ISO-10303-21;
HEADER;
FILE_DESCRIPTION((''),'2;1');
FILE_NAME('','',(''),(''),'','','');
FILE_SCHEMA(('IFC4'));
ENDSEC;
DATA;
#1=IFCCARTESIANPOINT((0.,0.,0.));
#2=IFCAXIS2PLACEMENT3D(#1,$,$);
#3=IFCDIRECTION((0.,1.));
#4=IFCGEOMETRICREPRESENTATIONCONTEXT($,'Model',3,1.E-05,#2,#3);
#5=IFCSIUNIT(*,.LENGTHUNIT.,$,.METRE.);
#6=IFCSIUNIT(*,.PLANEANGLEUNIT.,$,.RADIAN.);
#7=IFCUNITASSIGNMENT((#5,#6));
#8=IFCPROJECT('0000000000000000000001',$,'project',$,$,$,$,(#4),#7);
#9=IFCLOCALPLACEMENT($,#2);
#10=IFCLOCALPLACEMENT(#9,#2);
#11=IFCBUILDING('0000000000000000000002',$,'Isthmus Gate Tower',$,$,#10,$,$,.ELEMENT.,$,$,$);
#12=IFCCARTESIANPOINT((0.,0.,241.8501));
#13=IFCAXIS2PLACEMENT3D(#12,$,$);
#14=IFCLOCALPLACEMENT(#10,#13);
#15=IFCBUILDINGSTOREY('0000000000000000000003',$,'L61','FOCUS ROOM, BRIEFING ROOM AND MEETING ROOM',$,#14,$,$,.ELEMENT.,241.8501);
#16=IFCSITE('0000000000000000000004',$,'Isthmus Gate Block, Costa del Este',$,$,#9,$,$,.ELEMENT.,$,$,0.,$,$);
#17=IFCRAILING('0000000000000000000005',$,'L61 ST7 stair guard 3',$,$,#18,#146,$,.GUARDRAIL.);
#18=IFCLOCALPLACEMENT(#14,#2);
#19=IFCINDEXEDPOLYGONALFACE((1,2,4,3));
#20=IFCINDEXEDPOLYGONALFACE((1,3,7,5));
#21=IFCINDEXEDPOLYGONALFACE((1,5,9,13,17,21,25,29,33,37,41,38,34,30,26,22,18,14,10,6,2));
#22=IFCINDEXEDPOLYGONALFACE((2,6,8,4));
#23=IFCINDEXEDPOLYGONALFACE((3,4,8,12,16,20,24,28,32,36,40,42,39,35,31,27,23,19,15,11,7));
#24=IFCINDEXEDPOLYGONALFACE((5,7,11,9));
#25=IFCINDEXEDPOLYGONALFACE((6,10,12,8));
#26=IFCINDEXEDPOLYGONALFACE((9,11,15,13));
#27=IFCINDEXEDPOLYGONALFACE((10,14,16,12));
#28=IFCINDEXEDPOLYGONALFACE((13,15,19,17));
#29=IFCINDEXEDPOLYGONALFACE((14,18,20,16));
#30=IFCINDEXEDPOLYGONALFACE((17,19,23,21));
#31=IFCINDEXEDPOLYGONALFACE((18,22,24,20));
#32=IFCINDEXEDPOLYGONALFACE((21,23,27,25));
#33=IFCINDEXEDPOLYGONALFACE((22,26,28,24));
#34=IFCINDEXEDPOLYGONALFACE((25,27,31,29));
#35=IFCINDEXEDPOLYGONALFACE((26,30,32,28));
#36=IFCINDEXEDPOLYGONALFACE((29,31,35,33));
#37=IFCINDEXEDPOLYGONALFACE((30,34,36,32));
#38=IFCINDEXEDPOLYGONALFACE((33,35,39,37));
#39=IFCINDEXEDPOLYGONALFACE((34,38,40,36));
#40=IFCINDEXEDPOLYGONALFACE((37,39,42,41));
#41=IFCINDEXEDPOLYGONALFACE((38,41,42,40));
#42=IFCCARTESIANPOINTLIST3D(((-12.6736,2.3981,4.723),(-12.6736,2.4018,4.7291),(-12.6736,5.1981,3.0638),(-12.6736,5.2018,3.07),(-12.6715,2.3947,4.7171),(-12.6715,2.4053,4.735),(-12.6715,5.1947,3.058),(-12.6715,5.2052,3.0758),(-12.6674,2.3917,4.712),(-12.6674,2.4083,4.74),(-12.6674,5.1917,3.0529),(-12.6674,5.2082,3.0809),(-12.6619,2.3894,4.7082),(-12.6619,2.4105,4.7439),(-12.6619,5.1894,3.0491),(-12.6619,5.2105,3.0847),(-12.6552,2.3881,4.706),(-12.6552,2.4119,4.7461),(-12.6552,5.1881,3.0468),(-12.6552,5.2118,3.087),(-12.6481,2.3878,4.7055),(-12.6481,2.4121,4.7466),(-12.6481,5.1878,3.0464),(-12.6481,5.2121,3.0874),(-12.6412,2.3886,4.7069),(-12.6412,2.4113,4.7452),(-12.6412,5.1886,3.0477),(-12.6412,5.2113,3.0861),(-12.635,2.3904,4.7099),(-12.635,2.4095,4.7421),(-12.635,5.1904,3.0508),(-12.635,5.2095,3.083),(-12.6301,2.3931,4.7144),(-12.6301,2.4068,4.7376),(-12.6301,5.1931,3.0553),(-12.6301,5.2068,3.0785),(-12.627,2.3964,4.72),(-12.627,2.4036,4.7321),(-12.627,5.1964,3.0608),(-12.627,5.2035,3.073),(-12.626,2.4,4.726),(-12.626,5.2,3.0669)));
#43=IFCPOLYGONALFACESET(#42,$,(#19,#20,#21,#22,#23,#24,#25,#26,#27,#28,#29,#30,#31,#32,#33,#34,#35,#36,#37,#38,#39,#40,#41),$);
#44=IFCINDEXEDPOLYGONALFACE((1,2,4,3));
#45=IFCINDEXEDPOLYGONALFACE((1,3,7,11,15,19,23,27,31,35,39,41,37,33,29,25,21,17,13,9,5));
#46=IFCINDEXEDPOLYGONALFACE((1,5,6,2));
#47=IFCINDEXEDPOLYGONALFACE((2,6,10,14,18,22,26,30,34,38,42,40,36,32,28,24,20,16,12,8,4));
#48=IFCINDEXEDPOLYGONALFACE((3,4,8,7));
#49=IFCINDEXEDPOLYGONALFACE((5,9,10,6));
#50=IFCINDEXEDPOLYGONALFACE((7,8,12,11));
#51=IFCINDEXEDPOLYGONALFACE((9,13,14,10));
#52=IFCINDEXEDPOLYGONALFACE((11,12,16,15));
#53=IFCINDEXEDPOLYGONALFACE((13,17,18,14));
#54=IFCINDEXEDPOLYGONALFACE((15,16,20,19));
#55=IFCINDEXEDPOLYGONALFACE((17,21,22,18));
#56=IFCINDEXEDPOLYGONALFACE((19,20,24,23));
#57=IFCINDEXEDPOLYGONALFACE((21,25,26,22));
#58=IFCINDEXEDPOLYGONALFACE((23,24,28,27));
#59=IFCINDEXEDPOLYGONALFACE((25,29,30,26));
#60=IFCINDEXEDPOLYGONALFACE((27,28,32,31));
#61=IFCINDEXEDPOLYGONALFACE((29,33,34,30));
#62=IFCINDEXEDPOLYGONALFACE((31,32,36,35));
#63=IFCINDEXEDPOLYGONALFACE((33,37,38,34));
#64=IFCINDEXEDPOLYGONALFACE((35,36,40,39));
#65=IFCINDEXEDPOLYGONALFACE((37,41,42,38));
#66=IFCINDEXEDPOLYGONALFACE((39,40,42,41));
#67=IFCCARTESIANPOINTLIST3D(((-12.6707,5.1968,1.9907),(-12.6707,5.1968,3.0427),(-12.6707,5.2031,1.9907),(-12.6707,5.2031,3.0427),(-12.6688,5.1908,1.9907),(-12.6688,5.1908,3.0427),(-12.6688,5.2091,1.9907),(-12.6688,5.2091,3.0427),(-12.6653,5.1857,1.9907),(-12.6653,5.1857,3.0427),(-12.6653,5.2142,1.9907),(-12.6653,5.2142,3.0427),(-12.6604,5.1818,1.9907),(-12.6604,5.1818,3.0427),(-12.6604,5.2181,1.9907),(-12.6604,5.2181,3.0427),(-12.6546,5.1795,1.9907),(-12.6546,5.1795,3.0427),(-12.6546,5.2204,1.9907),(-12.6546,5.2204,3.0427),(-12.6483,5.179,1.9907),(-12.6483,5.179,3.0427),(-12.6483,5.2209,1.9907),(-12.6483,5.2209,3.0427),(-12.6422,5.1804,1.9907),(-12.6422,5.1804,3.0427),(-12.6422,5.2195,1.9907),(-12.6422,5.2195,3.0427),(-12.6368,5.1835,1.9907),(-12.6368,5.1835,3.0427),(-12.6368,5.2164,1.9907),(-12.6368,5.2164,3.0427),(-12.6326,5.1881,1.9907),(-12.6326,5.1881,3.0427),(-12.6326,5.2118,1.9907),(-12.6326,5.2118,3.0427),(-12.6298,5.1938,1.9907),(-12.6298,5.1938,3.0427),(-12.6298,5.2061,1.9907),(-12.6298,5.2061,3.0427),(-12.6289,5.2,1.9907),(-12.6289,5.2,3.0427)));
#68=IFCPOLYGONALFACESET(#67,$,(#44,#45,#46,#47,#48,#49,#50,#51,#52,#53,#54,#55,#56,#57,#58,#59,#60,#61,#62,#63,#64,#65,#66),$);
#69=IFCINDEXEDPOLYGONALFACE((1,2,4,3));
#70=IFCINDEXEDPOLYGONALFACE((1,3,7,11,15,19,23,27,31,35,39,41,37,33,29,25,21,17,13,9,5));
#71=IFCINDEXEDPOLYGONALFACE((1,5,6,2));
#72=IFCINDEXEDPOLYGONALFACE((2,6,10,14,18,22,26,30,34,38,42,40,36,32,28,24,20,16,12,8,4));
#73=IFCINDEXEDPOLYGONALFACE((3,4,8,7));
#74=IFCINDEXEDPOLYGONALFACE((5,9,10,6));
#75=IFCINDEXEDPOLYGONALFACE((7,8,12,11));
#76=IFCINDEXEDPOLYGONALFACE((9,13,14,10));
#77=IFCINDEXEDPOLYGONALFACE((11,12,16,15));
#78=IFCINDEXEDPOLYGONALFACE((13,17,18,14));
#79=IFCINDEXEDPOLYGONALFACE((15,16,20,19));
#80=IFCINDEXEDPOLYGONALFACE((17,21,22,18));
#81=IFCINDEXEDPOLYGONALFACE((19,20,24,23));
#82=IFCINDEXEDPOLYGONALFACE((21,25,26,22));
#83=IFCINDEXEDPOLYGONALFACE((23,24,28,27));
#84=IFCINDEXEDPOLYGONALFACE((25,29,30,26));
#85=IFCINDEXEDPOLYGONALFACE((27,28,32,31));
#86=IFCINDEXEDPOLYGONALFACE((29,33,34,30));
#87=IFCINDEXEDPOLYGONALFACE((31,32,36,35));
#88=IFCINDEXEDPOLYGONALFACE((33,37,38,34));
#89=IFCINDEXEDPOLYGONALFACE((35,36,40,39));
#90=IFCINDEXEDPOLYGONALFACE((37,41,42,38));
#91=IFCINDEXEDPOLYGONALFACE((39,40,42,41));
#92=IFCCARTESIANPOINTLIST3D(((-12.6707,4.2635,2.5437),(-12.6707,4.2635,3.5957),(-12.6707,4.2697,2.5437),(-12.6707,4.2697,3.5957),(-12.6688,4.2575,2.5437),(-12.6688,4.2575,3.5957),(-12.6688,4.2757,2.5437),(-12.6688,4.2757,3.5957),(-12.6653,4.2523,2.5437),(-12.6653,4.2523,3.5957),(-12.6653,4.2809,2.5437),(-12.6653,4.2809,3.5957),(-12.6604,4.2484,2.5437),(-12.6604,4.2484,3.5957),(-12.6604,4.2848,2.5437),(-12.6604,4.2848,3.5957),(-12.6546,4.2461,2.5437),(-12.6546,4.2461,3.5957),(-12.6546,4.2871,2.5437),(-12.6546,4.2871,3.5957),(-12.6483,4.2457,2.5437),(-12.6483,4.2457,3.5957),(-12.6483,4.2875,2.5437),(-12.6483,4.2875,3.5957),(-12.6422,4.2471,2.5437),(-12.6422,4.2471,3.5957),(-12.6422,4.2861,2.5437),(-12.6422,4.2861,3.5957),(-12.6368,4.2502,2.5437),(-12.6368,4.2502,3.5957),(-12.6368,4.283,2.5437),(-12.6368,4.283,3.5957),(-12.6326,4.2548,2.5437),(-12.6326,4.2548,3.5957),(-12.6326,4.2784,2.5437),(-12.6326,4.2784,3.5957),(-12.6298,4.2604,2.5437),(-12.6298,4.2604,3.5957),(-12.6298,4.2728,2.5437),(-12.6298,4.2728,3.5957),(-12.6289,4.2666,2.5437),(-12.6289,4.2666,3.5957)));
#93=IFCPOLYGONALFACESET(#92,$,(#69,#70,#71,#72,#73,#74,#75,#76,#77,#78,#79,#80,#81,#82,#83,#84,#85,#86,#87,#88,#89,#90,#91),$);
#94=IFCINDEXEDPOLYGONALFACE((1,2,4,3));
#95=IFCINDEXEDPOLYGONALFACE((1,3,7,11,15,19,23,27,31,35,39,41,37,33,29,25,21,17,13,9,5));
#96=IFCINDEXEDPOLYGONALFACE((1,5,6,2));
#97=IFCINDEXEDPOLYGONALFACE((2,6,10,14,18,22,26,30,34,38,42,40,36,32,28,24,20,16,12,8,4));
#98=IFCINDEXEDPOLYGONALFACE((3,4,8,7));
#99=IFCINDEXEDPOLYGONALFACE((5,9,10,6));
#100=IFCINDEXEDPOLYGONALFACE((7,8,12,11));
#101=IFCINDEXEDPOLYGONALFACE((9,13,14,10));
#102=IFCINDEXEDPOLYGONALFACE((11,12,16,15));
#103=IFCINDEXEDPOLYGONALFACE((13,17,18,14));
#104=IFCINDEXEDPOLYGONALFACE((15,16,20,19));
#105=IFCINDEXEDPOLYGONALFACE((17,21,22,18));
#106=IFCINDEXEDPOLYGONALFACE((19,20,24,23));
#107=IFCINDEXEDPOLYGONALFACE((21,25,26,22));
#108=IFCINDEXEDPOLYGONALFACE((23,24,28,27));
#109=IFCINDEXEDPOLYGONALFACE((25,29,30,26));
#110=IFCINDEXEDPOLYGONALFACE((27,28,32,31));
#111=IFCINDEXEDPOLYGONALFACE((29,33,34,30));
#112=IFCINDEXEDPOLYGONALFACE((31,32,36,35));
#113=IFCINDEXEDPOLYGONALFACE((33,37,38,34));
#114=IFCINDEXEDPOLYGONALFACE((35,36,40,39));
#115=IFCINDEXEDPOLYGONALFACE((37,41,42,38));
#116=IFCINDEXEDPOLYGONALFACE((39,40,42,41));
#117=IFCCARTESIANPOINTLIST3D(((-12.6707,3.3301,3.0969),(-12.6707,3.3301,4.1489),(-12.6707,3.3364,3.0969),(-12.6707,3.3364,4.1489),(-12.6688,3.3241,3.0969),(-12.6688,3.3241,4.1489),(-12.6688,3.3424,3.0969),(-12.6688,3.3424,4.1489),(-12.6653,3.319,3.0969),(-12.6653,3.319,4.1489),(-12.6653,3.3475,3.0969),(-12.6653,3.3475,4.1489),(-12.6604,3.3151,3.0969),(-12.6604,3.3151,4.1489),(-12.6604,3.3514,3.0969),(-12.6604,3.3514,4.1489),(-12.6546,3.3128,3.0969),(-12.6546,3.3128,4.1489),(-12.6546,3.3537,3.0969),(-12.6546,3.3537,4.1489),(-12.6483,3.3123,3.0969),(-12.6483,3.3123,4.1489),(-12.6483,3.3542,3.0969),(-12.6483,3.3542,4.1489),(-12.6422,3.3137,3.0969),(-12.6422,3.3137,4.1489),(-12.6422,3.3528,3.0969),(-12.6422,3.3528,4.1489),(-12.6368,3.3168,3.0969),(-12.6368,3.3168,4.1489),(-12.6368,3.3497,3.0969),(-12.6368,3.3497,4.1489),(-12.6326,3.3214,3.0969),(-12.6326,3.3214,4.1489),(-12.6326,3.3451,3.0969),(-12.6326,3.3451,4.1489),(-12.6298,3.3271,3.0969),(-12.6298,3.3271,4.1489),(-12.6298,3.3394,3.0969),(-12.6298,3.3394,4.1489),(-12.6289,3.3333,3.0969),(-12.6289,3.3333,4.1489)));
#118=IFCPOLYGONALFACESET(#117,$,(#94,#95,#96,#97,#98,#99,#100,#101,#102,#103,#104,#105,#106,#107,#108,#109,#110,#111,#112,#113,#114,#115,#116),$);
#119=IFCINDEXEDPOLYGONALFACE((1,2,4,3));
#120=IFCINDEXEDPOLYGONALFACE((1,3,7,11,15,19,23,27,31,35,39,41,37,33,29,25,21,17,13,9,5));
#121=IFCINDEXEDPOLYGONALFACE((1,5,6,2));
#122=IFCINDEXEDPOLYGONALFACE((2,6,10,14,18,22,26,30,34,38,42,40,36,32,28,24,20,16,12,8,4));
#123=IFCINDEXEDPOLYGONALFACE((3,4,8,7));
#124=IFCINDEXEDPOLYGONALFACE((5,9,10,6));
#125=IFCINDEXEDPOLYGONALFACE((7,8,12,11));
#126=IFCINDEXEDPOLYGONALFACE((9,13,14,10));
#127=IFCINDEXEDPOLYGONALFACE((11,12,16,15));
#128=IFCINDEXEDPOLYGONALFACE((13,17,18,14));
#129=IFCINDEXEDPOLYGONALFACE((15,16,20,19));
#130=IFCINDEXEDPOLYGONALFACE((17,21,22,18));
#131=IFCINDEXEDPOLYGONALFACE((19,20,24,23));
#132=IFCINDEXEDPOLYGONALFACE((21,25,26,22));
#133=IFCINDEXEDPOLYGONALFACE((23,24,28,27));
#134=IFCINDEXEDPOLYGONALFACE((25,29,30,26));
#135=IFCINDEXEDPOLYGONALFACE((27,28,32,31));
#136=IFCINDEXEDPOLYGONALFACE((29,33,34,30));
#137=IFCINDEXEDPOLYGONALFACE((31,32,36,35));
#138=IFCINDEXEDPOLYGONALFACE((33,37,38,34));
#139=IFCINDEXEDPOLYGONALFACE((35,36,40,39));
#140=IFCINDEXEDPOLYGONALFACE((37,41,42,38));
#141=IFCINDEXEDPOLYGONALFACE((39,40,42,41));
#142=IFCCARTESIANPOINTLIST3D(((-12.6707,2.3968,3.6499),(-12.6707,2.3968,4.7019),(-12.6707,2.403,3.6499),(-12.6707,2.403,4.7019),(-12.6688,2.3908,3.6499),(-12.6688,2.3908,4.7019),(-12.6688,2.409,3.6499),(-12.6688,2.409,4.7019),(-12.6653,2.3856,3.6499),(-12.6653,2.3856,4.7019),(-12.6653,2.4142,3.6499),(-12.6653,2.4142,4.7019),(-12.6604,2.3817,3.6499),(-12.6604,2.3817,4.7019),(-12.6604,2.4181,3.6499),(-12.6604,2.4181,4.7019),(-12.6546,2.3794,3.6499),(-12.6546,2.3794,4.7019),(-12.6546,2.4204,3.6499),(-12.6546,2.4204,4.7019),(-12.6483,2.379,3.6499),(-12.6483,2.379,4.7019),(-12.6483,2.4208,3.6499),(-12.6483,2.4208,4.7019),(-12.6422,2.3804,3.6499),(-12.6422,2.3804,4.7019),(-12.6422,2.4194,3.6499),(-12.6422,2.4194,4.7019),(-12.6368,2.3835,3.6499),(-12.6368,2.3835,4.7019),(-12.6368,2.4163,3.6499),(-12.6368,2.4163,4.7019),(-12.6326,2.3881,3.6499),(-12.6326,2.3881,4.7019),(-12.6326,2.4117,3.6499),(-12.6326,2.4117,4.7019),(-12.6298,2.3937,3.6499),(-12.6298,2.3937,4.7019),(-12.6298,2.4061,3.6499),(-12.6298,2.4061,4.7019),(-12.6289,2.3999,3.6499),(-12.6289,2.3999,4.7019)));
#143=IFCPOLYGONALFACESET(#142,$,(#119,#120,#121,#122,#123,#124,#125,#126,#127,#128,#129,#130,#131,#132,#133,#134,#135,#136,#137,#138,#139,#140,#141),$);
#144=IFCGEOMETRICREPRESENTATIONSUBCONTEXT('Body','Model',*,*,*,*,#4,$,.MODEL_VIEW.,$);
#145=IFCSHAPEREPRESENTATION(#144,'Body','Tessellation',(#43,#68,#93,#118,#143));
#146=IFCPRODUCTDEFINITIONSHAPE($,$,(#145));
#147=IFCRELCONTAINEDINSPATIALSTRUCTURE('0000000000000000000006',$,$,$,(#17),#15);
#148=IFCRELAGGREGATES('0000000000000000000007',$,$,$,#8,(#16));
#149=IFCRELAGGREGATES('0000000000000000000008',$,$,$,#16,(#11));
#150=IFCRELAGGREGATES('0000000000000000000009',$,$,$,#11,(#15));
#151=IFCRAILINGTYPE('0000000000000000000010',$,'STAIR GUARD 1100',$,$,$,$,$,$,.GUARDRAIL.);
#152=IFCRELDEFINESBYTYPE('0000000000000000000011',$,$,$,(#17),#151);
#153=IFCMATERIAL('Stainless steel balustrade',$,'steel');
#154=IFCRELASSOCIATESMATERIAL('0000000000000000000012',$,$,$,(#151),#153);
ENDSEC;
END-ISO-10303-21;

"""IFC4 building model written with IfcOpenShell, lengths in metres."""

from ifc_helpers import new_model, si_unit, direction, frame, origin, origin_2d, place, context, subcontext, project, spatial, circle, extrude, material, type_object, element, save


model = new_model("IFC4")

# Units and contexts
model_context = context("Model", 3, precision=1e-05, world=origin(), true_north=direction((0.0, 1.0)))
body_context = subcontext(model_context, "Body", "Model", "MODEL_VIEW")
ifc_project = project(units=[si_unit("LENGTHUNIT", "METRE"), si_unit("PLANEANGLEUNIT", "RADIAN")], contexts=[model_context])

# Site, building, storey
site_placement = place(None, origin())
site = spatial("IfcSite", under=ifc_project, at=site_placement, Name="Isthmus Gate Block, Costa del Este", CompositionType="ELEMENT", RefElevation=0.0)
building_placement = place(site_placement, origin())
building = spatial("IfcBuilding", under=site, at=building_placement, Name="Isthmus Gate Tower", CompositionType="ELEMENT")
storey_placement = place(building_placement, frame((0.0, 0.0, 241.8501)))
storey = spatial("IfcBuildingStorey", under=building, at=storey_placement, Name="L61", Description="FOCUS ROOM, BRIEFING ROOM AND MEETING ROOM", CompositionType="ELEMENT", Elevation=241.8501)

# Railing
ifc_material_1 = material(Name="Stainless steel balustrade", Category="steel")
railing_type_1 = type_object("IfcRailingType", Name="STAIR GUARD 1100", PredefinedType="GUARDRAIL", material=ifc_material_1)
railing_1_placement = place(storey_placement, frame((-12.6499, 5.2, 1.9907)))
element("IfcRailing", 1, at=railing_1_placement, inside=storey, type_object=railing_type_1, Name="L61 ST7 stair guard 3", PredefinedType="GUARDRAIL", context=body_context, shape_type="SweptSolid", body=[
    extrude(circle(Radius=0.0239, at=origin_2d()), frame((0.0, 0.0, 1.0762), z_axis=(0.0, -0.860306, 0.509778), x_axis=(1.0, 0.0, 0.0)), (0.0, 0.0, 1.0), 3.2546),
    extrude(circle(Radius=0.021, at=origin_2d()), origin(), (0.0, 0.0, 1.0), 1.052),
    extrude(circle(Radius=0.021, at=origin_2d()), frame((0.0, -0.9333, 0.553)), (0.0, 0.0, 1.0), 1.052),
    extrude(circle(Radius=0.021, at=origin_2d()), frame((0.0, -1.8667, 1.1062)), (0.0, 0.0, 1.0), 1.052),
    extrude(circle(Radius=0.021, at=origin_2d()), frame((0.0, -2.8, 1.6592)), (0.0, 0.0, 1.0), 1.052),
])

save(model, "model.ifc")
